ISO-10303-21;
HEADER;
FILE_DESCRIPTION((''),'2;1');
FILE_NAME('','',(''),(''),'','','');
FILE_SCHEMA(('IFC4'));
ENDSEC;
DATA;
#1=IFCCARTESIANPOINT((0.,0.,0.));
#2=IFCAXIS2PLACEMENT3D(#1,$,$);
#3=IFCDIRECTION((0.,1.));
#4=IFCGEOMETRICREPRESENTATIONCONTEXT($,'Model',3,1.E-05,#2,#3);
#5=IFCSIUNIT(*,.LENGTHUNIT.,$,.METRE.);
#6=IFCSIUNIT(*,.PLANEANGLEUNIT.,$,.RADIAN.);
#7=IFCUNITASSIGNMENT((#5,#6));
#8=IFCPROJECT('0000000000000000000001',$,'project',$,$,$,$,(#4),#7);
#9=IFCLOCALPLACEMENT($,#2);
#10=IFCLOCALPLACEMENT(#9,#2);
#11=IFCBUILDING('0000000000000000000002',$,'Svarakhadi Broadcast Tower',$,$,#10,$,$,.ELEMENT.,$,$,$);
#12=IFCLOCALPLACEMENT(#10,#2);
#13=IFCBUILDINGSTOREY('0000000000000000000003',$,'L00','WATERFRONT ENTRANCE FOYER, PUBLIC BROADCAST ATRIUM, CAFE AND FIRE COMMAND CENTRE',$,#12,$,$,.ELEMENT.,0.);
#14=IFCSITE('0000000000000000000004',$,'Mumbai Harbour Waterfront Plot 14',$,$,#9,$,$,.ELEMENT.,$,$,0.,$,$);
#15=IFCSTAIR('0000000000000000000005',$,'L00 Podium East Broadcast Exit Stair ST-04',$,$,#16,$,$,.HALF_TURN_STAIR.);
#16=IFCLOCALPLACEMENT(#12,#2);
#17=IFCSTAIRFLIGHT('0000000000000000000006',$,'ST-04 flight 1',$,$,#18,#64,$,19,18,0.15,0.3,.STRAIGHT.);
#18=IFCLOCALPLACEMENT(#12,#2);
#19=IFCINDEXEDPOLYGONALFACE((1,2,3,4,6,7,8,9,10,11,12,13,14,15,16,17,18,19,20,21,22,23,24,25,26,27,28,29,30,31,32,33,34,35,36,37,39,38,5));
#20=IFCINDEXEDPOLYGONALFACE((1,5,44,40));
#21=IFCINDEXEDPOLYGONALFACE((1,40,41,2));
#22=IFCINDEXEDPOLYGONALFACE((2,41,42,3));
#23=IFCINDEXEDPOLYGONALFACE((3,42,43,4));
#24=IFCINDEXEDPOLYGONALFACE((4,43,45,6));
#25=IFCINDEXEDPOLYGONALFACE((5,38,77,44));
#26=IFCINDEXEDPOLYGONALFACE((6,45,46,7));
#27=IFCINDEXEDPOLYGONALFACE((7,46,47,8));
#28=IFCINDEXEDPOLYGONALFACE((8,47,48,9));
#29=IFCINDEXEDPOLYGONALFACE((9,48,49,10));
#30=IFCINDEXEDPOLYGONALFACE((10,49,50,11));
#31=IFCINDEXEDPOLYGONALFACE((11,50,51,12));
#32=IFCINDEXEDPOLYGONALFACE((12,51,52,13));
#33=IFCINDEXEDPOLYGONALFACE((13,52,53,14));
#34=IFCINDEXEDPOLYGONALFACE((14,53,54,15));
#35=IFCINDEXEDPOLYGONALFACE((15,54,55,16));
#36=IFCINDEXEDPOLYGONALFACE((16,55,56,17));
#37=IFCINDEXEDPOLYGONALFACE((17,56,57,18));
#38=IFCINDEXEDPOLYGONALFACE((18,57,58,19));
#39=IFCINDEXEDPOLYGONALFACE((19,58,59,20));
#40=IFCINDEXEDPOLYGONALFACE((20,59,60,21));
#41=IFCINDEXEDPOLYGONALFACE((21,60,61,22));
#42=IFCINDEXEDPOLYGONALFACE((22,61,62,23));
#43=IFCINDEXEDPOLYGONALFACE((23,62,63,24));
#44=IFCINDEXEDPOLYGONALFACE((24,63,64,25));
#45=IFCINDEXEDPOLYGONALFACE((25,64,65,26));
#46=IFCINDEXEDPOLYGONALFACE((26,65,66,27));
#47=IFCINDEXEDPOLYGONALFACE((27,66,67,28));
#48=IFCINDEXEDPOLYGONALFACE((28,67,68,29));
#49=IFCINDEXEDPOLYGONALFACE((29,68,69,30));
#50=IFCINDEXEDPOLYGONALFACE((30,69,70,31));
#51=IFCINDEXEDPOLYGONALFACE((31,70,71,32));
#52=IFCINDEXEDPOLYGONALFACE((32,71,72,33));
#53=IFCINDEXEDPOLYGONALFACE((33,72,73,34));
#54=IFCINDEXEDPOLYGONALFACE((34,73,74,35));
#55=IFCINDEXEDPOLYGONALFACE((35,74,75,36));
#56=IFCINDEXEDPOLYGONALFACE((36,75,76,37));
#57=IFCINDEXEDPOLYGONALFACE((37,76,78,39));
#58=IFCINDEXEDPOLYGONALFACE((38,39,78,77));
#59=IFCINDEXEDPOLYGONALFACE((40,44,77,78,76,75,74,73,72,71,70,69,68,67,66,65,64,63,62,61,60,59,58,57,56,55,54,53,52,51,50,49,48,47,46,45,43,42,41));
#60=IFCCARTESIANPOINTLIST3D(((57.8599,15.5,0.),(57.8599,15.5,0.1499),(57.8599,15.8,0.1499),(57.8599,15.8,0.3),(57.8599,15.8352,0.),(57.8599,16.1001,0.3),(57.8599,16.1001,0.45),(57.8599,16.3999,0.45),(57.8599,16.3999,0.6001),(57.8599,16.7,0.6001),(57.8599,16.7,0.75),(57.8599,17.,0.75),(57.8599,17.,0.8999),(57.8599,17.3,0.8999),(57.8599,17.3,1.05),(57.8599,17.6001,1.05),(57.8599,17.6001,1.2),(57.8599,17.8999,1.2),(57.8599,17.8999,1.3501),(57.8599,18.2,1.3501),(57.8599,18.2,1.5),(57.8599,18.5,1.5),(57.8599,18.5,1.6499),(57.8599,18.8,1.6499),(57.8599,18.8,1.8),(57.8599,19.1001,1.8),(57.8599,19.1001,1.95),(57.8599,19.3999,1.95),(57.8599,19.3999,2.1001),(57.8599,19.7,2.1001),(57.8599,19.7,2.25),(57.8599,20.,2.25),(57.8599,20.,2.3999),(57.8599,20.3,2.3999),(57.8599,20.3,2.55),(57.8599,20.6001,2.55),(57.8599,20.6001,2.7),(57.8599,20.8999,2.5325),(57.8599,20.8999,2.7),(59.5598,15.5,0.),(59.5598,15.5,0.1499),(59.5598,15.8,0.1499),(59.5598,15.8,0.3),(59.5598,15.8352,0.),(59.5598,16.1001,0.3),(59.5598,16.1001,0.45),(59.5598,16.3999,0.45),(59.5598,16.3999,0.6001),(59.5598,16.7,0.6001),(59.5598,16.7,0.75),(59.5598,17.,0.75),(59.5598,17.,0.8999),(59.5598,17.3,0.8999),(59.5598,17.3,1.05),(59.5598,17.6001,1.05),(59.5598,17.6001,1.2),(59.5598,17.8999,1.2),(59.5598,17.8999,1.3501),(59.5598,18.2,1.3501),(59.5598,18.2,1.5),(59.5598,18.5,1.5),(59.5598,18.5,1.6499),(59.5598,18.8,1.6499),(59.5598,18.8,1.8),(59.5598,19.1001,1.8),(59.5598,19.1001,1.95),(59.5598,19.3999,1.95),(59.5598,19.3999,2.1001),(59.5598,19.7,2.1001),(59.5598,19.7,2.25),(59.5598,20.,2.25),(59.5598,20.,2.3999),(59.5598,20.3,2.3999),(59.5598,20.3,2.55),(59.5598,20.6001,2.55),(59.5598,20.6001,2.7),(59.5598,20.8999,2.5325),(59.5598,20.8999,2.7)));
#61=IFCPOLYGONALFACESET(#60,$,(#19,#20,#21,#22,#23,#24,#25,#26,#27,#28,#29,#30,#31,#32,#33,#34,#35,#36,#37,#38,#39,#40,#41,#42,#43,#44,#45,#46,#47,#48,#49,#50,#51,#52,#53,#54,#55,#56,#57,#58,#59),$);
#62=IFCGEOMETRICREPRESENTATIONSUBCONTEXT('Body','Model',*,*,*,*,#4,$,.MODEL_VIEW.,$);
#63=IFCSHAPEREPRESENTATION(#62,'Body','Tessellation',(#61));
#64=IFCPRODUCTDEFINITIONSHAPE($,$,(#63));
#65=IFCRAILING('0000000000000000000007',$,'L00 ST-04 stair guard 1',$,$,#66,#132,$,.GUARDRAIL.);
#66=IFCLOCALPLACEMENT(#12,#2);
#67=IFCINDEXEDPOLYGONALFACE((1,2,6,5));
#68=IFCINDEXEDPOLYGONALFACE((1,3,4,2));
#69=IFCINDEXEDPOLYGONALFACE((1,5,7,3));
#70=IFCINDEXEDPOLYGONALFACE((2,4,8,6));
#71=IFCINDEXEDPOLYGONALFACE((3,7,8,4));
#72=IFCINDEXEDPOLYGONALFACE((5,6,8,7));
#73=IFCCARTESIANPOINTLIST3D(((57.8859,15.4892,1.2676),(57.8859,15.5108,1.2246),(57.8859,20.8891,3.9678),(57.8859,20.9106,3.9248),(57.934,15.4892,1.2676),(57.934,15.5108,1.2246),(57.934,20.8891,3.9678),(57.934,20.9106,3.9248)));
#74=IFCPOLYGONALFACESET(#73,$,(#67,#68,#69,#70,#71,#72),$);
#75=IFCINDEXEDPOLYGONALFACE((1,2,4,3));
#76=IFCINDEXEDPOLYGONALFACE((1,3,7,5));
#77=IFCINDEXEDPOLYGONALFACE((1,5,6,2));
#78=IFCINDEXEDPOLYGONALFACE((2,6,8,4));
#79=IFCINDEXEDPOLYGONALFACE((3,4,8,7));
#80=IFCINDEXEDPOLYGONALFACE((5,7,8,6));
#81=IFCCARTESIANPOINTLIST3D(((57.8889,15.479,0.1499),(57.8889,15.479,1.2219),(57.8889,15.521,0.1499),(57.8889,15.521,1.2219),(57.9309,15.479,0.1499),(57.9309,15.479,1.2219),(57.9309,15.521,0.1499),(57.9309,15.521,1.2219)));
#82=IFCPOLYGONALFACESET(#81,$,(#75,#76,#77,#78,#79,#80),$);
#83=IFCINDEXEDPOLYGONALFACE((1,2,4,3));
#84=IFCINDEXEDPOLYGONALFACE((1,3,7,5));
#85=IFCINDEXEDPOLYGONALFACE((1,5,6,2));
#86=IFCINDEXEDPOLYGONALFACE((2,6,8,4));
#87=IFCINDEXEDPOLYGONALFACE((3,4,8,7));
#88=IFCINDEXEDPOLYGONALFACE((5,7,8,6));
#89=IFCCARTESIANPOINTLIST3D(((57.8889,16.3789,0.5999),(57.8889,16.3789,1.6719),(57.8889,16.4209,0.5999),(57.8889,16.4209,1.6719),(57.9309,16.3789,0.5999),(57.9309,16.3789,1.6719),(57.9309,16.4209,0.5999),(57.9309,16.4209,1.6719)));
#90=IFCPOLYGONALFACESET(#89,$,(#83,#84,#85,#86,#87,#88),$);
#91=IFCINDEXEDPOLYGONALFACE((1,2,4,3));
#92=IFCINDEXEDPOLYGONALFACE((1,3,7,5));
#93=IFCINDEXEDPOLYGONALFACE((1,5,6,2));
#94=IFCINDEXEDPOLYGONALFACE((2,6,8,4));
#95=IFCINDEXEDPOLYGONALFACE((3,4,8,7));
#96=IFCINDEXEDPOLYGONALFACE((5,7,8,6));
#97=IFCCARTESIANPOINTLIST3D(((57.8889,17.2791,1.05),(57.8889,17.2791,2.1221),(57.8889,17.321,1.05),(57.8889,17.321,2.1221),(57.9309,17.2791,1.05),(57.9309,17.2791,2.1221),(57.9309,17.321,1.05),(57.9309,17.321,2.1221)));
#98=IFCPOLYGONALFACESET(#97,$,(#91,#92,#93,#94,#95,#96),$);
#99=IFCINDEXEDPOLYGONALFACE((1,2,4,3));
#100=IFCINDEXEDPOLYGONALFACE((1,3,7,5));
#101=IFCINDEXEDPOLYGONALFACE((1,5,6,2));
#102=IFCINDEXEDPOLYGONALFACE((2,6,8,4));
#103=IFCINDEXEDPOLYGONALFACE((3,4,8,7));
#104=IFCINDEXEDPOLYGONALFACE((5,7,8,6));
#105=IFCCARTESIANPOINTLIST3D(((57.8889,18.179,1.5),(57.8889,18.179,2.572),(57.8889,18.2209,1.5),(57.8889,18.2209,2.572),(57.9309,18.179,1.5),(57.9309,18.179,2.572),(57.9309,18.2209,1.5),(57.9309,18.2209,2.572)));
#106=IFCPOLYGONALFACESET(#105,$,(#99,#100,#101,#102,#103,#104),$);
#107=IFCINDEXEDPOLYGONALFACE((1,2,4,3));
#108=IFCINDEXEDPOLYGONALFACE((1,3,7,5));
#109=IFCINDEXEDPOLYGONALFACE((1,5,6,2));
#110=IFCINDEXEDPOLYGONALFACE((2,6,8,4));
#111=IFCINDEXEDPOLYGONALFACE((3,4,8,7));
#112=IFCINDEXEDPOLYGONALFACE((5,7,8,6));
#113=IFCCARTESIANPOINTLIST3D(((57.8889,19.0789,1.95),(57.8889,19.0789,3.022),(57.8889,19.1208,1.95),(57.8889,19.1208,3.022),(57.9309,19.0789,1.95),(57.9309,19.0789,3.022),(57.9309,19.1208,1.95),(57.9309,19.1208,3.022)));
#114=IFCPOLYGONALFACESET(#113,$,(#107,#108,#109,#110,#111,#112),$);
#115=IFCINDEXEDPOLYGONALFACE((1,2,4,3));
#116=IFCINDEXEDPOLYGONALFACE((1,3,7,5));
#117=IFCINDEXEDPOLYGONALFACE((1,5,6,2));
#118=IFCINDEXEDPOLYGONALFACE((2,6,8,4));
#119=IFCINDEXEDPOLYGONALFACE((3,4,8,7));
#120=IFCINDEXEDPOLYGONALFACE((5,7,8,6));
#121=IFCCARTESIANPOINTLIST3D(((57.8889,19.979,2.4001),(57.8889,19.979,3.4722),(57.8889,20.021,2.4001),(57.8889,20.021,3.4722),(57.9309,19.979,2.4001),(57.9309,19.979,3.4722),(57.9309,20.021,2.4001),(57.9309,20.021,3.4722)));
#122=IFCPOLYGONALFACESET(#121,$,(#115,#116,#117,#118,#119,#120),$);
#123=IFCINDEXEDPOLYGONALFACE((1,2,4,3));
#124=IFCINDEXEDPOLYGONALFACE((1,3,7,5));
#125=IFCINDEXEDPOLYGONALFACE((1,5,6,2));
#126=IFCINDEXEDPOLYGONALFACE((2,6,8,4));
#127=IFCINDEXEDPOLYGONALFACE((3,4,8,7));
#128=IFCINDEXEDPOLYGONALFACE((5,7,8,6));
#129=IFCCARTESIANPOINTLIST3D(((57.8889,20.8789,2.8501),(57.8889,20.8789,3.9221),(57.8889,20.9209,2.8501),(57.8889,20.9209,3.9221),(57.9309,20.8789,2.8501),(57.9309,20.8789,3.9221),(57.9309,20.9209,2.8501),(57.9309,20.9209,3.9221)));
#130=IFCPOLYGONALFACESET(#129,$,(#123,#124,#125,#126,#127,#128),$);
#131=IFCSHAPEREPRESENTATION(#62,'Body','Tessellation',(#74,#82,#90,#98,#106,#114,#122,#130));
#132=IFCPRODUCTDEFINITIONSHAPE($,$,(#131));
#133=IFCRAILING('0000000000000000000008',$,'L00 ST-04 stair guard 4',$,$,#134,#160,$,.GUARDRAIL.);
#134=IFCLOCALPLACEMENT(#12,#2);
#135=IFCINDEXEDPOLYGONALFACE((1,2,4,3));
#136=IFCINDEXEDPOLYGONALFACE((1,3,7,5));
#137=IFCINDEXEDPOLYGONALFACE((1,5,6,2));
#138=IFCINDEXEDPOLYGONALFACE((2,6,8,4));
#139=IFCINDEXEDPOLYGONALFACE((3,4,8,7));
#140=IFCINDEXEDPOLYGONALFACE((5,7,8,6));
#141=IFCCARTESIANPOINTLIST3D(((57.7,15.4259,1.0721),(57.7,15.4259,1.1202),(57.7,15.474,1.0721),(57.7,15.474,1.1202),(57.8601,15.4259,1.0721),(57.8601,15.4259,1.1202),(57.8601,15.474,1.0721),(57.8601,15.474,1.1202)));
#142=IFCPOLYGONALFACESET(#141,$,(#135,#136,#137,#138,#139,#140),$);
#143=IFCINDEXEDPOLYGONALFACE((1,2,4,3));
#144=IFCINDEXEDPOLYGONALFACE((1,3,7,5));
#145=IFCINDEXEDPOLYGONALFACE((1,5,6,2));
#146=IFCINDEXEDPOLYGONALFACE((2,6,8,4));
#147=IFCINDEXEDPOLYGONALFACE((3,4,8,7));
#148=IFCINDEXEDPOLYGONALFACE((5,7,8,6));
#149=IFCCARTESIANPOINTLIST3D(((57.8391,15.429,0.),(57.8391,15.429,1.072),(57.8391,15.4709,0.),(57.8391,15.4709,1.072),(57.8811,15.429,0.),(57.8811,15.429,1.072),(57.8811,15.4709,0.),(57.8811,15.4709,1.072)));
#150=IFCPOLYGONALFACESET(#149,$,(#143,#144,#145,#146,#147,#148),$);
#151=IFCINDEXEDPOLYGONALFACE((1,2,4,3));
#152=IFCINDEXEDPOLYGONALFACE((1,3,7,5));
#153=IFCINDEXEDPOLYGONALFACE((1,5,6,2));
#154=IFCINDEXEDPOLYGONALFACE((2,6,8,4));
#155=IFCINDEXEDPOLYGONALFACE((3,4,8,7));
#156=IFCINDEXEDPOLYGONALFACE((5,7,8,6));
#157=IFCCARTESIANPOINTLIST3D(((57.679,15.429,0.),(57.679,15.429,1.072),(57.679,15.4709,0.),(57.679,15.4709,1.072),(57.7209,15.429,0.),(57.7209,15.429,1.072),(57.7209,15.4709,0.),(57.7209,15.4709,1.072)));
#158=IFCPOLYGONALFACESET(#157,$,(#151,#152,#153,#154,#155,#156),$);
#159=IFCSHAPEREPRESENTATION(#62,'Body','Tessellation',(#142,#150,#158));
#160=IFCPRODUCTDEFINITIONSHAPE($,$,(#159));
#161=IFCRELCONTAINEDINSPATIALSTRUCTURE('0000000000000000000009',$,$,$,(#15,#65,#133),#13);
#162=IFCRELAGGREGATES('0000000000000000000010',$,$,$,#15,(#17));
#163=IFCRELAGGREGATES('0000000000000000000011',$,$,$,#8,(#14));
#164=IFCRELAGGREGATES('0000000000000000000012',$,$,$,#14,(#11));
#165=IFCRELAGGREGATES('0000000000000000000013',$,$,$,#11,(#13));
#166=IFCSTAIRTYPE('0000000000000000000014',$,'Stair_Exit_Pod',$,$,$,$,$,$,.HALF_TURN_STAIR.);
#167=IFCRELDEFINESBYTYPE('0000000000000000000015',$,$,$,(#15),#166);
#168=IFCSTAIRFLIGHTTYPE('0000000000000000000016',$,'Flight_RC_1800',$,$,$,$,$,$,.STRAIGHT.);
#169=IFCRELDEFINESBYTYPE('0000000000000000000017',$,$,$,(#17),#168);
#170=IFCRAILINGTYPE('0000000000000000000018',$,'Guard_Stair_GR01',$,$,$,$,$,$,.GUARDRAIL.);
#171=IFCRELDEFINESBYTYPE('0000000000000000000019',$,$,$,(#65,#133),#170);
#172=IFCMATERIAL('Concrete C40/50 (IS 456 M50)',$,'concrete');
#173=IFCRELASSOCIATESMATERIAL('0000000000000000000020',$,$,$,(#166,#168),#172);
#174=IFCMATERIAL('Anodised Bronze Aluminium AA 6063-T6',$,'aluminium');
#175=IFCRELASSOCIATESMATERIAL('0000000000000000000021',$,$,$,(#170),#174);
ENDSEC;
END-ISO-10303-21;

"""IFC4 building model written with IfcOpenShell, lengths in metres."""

from ifc_helpers import new_model, si_unit, direction, frame, origin, origin_2d, place, context, subcontext, project, spatial, polyline, rectangle, outline, extrude, material, type_object, element, aggregate, save


model = new_model("IFC4")

# Units and contexts
model_context = context("Model", 3, precision=1e-05, world=origin(), true_north=direction((0.0, 1.0)))
body_context = subcontext(model_context, "Body", "Model", "MODEL_VIEW")
ifc_project = project(units=[si_unit("LENGTHUNIT", "METRE"), si_unit("PLANEANGLEUNIT", "RADIAN")], contexts=[model_context])

# Site, building, storey
site_placement = place(None, origin())
site = spatial("IfcSite", under=ifc_project, at=site_placement, Name="Mumbai Harbour Waterfront Plot 14", CompositionType="ELEMENT", RefElevation=0.0)
building_placement = place(site_placement, origin())
building = spatial("IfcBuilding", under=site, at=building_placement, Name="Svarakhadi Broadcast Tower", CompositionType="ELEMENT")
storey_placement = place(building_placement, origin())
storey = spatial("IfcBuildingStorey", under=building, at=storey_placement, Name="L00", Description="WATERFRONT ENTRANCE FOYER, PUBLIC BROADCAST ATRIUM, CAFE AND FIRE COMMAND CENTRE", CompositionType="ELEMENT", Elevation=0.0)

# Shared definitions
ifc_material_1 = material(Name="Anodised Bronze Aluminium AA 6063-T6", Category="aluminium")

# Shared definitions
ifc_material_2 = material(Name="Concrete C40/50 (IS 456 M50)", Category="concrete")

# Stair, stair flight
stair_type = type_object("IfcStairType", Name="Stair_Exit_Pod", PredefinedType="HALF_TURN_STAIR", material=ifc_material_2)
stair_placement = place(storey_placement, origin())
stair = element("IfcStair", 1, at=stair_placement, inside=storey, type_object=stair_type, Name="L00 Podium East Broadcast Exit Stair ST-04", PredefinedType="HALF_TURN_STAIR")
stair_flight_type = type_object("IfcStairFlightType", Name="Flight_RC_1800", PredefinedType="STRAIGHT", material=ifc_material_2)
stair_flight_placement = place(storey_placement, frame((58.71, 15.5, 0.0), z_axis=(0.0, 0.0, 1.0), x_axis=(0.0, 1.0, 0.0)))
stair_flight = element("IfcStairFlight", 2, at=stair_flight_placement, type_object=stair_flight_type, Name="ST-04 flight 1", NumberOfRisers=19, NumberOfTreads=18, PredefinedType="STRAIGHT", RiserHeight=0.15, TreadLength=0.3, context=body_context, shape_type="SweptSolid", body=[
    extrude(outline(polyline([(0.0, 0.0), (0.0, 0.1499), (0.3, 0.1499), (0.3, 0.3), (0.6001, 0.3), (0.6001, 0.45), (0.8999, 0.45), (0.8999, 0.6001), (1.2, 0.6001), (1.2, 0.75), (1.5, 0.75), (1.5, 0.8999), (1.8, 0.8999), (1.8, 1.05), (2.1001, 1.05), (2.1001, 1.2), (2.3999, 1.2), (2.3999, 1.3501), (2.7, 1.3501), (2.7, 1.5), (3.0, 1.5), (3.0, 1.6499), (3.3, 1.6499), (3.3, 1.8), (3.6001, 1.8), (3.6001, 1.95), (3.8999, 1.95), (3.8999, 2.1001), (4.2, 2.1001), (4.2, 2.25), (4.5, 2.25), (4.5, 2.3999), (4.8, 2.3999), (4.8, 2.55), (5.1001, 2.55), (5.1001, 2.7), (5.3999, 2.7), (5.3999, 2.8501), (5.3999, 2.5325), (0.3352, 0.0), (0.0, 0.0)])), frame((0.0, 0.8501, 0.0), z_axis=(0.0, -1.0, 0.0), x_axis=(1.0, 0.0, 0.0)), (0.0, 0.0, 1.0), 1.7),
])
aggregate(stair, [stair_flight])

# Railings
railing_type_1 = type_object("IfcRailingType", Name="Guard_Stair_GR01", PredefinedType="GUARDRAIL", material=ifc_material_1)
railing_1_placement = place(storey_placement, frame((57.9099, 15.5, 0.1499)))
element("IfcRailing", 3, at=railing_1_placement, inside=storey, type_object=railing_type_1, Name="L00 ST-04 stair guard 1", PredefinedType="GUARDRAIL", context=body_context, shape_type="SweptSolid", body=[
    extrude(rectangle(XDim=0.0481, YDim=0.0481, at=origin_2d()), frame((0.0, 0.0, 1.0962), z_axis=(0.0, 0.894411, 0.447246), x_axis=(-1.0, 0.0, 0.0)), (0.0, 0.0, 1.0), 6.0374),
    extrude(rectangle(XDim=0.042, YDim=0.042, at=origin_2d()), origin(), (0.0, 0.0, 1.0), 1.072),
    extrude(rectangle(XDim=0.042, YDim=0.042, at=origin_2d()), frame((0.0, 0.8999, 0.45)), (0.0, 0.0, 1.0), 1.072),
    extrude(rectangle(XDim=0.042, YDim=0.042, at=origin_2d()), frame((0.0, 1.8, 0.9001)), (0.0, 0.0, 1.0), 1.072),
    extrude(rectangle(XDim=0.042, YDim=0.042, at=origin_2d()), frame((0.0, 2.7, 1.3501)), (0.0, 0.0, 1.0), 1.072),
    extrude(rectangle(XDim=0.042, YDim=0.042, at=origin_2d()), frame((0.0, 3.5999, 1.8)), (0.0, 0.0, 1.0), 1.072),
    extrude(rectangle(XDim=0.042, YDim=0.042, at=origin_2d()), frame((0.0, 4.5, 2.2502)), (0.0, 0.0, 1.0), 1.072),
    extrude(rectangle(XDim=0.042, YDim=0.042, at=origin_2d()), frame((0.0, 5.3999, 2.7002)), (0.0, 0.0, 1.0), 1.072),
])
railing_2_placement = place(storey_placement, frame((57.8601, 15.45, 0.0)))
element("IfcRailing", 4, at=railing_2_placement, inside=storey, type_object=railing_type_1, Name="L00 ST-04 stair guard 4", PredefinedType="GUARDRAIL", context=body_context, shape_type="SweptSolid", body=[
    extrude(rectangle(XDim=0.0481, YDim=0.0481, at=origin_2d()), frame((0.0, 0.0, 1.0962), z_axis=(-1.0, 0.0, 0.0), x_axis=(0.0, -1.0, 0.0)), (0.0, 0.0, 1.0), 0.1602),
    extrude(rectangle(XDim=0.042, YDim=0.042, at=origin_2d()), origin(), (0.0, 0.0, 1.0), 1.072),
    extrude(rectangle(XDim=0.042, YDim=0.042, at=origin_2d()), frame((-0.1602, 0.0, 0.0)), (0.0, 0.0, 1.0), 1.072),
])

save(model, "model.ifc")
